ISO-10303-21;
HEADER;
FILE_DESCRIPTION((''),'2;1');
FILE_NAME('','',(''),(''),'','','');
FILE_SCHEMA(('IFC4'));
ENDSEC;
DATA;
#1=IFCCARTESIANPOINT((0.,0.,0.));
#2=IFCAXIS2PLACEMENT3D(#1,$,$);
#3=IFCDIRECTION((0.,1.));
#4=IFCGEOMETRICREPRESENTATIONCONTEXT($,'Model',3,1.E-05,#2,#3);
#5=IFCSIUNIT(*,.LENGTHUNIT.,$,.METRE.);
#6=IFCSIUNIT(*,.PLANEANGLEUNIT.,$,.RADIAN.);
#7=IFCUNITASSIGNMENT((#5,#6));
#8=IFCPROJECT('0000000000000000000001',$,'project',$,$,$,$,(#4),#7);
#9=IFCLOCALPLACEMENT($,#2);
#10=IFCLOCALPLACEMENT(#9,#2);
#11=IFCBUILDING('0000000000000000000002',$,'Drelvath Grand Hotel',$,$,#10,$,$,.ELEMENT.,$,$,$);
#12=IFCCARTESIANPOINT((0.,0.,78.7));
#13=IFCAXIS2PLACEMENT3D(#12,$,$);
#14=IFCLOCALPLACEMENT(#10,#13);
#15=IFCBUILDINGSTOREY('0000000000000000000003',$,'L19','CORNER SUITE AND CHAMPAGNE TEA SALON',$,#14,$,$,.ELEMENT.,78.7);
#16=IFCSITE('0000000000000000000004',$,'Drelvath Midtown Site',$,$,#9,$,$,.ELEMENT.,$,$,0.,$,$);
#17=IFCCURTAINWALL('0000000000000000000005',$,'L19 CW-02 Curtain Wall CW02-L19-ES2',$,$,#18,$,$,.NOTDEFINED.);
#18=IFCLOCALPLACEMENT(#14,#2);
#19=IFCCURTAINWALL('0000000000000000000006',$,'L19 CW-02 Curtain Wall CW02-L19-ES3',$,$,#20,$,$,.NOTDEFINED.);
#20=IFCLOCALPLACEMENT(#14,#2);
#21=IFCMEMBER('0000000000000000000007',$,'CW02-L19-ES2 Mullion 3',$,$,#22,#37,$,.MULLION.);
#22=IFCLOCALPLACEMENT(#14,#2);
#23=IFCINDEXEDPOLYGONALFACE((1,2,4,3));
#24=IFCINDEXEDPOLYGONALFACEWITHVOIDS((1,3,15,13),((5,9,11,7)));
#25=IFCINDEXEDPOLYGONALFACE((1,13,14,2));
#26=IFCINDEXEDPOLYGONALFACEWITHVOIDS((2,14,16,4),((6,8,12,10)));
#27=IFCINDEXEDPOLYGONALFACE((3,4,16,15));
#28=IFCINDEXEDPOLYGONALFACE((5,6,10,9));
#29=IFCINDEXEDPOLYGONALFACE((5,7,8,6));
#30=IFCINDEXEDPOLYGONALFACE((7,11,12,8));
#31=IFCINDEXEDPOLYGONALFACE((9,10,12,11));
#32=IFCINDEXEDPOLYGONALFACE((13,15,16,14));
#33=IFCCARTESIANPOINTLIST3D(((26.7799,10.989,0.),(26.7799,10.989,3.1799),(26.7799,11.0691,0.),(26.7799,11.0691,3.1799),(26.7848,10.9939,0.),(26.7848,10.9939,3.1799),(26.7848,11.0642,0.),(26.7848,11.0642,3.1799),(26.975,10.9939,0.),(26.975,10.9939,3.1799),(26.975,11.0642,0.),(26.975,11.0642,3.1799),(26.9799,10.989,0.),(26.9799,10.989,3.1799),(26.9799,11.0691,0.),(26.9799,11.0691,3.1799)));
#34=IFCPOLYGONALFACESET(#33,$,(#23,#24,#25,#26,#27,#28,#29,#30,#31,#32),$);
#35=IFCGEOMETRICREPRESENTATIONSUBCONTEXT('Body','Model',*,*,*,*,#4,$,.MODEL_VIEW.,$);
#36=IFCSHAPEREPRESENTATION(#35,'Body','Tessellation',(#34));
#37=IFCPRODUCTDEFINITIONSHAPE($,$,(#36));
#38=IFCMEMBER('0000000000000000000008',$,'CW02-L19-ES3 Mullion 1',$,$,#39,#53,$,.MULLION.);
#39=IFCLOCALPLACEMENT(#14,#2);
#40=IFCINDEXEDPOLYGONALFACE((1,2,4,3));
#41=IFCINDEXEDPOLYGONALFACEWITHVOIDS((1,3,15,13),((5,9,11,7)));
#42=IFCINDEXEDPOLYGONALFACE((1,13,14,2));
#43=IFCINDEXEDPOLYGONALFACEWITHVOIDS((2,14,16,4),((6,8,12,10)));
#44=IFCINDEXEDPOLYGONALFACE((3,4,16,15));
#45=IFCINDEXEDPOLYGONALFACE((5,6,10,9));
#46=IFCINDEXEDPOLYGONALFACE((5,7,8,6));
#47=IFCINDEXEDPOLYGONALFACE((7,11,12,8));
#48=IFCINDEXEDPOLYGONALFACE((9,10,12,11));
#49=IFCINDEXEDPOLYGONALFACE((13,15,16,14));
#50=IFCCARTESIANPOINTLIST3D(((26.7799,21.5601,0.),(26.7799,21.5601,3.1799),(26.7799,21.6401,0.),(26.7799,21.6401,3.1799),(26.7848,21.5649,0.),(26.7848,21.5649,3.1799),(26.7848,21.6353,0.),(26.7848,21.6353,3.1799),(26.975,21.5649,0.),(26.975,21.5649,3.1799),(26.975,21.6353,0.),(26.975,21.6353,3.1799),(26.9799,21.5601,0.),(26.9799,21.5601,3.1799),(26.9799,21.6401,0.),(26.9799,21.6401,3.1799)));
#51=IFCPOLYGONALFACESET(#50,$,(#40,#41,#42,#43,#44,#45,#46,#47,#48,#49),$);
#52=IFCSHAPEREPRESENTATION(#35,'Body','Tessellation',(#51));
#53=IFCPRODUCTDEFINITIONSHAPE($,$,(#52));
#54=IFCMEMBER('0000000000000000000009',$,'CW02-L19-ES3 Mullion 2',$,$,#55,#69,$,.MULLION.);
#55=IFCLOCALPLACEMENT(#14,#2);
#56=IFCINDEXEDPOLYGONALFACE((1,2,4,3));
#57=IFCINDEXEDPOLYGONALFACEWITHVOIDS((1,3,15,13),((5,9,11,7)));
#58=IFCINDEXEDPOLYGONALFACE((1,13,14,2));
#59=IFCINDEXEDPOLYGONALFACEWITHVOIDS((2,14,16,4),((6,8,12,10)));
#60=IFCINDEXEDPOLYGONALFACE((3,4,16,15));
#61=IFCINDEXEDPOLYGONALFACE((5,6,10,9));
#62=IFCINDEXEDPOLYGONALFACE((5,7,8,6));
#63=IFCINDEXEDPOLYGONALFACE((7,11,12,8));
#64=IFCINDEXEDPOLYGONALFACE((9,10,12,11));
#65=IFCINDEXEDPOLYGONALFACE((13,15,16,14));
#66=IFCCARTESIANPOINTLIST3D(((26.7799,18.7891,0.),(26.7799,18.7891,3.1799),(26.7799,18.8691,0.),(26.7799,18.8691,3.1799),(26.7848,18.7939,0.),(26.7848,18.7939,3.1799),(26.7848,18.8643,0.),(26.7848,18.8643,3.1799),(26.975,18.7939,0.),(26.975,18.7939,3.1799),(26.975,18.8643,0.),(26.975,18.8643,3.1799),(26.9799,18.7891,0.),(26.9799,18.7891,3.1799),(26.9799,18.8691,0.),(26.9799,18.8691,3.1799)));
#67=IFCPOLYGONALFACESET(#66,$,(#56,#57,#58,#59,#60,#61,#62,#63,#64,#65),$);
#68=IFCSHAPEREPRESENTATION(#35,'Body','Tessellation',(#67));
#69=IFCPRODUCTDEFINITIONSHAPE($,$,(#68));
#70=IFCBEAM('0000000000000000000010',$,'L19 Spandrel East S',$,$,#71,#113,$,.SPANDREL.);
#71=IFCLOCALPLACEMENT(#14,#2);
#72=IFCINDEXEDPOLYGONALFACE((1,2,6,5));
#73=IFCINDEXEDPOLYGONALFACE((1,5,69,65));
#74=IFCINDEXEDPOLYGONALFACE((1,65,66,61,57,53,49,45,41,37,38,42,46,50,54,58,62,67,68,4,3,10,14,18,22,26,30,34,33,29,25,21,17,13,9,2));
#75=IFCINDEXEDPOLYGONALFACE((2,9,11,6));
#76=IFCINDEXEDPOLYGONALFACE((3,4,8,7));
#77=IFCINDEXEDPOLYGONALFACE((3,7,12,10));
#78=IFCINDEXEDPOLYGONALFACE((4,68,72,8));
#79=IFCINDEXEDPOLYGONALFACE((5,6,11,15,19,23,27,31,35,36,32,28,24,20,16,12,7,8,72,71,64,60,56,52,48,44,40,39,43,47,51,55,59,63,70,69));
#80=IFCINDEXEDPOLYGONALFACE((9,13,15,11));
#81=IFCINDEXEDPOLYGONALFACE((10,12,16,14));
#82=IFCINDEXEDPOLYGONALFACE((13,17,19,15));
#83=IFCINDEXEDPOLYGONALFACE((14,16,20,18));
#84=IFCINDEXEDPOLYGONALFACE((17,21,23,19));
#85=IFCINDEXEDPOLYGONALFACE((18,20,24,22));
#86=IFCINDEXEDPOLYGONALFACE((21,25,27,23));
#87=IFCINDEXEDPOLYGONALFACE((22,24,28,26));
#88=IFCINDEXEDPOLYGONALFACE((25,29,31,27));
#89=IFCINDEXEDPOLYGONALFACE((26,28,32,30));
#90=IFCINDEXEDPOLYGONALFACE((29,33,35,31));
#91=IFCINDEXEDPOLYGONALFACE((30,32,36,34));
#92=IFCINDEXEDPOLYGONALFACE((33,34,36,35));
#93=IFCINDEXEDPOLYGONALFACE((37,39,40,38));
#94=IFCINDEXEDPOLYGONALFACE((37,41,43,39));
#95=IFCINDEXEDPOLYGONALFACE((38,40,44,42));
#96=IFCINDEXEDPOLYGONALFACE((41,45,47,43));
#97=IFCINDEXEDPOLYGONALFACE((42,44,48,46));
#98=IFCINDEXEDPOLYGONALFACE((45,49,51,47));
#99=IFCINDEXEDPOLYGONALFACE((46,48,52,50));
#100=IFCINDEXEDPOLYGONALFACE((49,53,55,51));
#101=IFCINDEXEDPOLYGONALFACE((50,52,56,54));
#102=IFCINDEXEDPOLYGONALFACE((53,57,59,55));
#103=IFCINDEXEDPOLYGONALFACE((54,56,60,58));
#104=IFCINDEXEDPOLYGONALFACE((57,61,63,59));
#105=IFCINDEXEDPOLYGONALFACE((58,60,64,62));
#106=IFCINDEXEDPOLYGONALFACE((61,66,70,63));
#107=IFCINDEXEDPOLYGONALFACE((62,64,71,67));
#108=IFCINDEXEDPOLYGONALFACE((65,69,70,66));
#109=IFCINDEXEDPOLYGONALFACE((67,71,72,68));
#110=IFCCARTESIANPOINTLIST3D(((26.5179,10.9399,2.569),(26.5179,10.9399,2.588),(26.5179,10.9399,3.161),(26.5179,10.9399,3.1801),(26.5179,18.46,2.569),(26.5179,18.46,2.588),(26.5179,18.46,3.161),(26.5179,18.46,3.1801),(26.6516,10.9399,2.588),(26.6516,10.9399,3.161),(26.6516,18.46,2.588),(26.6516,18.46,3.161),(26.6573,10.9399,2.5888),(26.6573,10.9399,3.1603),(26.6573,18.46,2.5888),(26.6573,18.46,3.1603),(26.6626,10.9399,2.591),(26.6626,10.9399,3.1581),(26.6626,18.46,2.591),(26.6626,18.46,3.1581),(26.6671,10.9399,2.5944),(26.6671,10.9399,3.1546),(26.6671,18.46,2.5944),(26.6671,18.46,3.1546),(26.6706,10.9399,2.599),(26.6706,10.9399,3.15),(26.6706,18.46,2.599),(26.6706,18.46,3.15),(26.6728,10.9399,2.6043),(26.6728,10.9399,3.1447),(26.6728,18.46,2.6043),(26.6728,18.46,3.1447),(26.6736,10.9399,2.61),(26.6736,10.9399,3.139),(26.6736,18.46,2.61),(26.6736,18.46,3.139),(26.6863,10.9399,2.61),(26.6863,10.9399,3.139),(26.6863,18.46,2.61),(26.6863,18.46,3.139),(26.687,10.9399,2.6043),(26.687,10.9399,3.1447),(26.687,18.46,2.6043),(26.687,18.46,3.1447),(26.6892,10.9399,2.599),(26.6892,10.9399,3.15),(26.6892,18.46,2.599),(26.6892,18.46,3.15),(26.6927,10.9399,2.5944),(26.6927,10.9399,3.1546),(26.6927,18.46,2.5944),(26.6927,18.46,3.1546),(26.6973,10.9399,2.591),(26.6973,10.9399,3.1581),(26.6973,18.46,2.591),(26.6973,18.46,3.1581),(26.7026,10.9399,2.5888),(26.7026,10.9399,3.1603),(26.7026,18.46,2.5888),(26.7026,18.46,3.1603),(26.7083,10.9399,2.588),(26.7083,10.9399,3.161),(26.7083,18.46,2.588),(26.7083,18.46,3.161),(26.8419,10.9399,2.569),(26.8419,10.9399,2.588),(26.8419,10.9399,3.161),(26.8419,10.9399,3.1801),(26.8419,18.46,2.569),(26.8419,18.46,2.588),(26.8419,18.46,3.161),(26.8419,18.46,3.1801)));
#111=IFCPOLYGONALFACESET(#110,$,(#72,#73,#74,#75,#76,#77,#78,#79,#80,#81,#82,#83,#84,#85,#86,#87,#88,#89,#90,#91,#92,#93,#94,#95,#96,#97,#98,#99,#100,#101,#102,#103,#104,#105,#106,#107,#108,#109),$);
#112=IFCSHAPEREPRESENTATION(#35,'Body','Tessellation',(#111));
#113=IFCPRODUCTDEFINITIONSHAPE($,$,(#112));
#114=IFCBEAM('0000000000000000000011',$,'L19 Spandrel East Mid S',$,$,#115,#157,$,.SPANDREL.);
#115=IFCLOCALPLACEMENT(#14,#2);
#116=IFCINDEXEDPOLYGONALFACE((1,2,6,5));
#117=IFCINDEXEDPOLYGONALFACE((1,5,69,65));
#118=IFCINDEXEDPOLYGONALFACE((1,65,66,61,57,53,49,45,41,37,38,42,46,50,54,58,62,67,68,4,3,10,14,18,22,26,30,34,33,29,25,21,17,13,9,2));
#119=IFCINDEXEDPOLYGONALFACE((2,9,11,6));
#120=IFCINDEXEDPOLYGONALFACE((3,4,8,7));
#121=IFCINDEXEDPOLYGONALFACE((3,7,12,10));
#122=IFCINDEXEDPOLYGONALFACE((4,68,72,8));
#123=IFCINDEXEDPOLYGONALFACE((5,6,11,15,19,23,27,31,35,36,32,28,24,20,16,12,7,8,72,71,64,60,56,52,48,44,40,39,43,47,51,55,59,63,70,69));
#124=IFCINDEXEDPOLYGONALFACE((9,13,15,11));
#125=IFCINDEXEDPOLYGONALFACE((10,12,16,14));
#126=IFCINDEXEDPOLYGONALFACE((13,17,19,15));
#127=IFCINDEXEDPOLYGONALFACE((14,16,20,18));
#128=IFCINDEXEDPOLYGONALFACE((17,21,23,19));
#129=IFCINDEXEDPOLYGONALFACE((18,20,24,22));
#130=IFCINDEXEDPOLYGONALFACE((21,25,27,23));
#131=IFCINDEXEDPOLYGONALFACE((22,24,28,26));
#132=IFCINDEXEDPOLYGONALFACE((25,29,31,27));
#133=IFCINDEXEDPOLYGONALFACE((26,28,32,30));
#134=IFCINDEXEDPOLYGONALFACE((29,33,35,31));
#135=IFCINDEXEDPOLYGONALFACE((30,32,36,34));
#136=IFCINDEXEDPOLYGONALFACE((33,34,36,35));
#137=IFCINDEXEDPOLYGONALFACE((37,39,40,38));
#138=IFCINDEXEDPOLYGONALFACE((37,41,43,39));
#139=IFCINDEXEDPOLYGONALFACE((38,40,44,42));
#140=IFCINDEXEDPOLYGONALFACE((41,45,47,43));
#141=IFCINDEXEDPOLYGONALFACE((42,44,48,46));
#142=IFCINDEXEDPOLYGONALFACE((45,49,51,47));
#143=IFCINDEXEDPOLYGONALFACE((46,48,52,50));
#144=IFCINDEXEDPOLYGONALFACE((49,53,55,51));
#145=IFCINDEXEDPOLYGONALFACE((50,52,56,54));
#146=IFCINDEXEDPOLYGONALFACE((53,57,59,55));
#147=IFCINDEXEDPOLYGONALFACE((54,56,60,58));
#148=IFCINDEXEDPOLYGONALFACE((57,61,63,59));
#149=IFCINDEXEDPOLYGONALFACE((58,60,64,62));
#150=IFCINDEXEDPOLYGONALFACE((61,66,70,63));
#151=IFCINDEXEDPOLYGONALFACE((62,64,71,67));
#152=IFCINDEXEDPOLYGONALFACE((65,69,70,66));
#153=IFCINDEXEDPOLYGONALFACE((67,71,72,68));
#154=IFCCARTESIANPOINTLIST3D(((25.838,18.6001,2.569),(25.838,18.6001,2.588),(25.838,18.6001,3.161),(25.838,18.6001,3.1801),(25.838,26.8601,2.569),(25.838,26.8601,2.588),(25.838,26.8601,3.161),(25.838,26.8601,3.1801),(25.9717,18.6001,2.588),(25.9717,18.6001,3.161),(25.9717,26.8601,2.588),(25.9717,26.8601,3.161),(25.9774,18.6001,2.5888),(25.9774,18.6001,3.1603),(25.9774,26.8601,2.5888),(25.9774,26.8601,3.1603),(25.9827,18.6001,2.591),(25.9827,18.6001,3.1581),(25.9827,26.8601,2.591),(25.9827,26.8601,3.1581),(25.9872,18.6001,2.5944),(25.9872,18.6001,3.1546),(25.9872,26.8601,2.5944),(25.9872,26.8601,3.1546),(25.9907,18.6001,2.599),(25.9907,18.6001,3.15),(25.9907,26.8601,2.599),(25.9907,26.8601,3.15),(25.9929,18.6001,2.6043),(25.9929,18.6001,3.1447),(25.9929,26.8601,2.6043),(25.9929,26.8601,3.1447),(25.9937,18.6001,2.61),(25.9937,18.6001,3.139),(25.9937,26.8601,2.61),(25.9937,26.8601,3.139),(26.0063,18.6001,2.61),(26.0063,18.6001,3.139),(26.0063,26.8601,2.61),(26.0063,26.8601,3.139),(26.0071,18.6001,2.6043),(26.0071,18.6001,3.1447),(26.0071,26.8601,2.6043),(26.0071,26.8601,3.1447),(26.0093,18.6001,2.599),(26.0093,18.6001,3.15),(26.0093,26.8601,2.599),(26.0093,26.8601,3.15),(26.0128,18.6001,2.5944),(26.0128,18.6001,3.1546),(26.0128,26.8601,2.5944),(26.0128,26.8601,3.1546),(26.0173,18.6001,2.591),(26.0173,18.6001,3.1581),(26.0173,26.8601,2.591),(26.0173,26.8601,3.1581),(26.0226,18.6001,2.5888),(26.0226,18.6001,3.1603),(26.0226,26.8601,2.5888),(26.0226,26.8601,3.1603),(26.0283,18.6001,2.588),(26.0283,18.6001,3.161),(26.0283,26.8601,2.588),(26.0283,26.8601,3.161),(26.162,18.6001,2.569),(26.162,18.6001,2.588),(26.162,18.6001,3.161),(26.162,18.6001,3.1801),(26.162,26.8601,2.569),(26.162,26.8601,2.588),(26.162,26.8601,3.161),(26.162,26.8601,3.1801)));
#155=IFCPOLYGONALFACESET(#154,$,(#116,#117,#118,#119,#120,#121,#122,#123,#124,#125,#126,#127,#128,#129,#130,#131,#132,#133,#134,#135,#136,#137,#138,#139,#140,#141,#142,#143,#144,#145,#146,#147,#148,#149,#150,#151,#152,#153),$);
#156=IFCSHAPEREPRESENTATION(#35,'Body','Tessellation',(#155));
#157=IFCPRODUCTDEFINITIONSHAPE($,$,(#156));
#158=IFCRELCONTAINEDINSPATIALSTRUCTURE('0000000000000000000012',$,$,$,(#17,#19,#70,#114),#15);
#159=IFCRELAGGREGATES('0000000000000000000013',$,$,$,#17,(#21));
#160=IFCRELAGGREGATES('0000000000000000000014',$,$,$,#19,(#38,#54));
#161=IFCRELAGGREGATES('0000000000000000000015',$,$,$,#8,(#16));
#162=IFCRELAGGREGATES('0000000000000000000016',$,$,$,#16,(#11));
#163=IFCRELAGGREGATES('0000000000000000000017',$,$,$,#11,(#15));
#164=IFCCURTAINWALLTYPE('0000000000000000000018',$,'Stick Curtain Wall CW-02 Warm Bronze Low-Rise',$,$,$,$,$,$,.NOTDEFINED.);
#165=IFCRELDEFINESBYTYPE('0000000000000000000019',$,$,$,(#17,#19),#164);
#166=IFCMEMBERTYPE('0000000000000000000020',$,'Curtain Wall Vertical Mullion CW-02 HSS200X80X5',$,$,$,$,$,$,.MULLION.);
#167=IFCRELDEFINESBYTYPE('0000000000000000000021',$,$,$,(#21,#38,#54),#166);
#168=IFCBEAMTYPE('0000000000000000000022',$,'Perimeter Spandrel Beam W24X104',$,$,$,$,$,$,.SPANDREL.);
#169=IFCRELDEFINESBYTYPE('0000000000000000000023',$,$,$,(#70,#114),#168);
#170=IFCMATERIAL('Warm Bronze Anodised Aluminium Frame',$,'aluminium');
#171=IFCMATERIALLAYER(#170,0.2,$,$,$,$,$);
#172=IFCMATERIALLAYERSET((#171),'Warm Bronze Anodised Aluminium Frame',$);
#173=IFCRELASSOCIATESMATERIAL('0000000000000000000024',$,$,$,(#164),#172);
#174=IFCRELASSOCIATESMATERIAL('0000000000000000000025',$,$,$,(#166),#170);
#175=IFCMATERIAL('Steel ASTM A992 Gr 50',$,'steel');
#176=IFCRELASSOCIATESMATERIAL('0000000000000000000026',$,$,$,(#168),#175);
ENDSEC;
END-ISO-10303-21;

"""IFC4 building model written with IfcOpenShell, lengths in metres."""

from ifc_helpers import new_model, si_unit, direction, frame, origin, origin_2d, place, context, subcontext, project, spatial, hollow_rectangle, i_section, extrude, material, layer, layer_set, material_profile, profile_set, type_object, element, aggregate, save


model = new_model("IFC4")

# Units and contexts
model_context = context("Model", 3, precision=1e-05, world=origin(), true_north=direction((0.0, 1.0)))
body_context = subcontext(model_context, "Body", "Model", "MODEL_VIEW")
ifc_project = project(units=[si_unit("LENGTHUNIT", "METRE"), si_unit("PLANEANGLEUNIT", "RADIAN")], contexts=[model_context])

# Site, building, storey
site_placement = place(None, origin())
site = spatial("IfcSite", under=ifc_project, at=site_placement, Name="Drelvath Midtown Site", CompositionType="ELEMENT", RefElevation=0.0)
building_placement = place(site_placement, origin())
building = spatial("IfcBuilding", under=site, at=building_placement, Name="Drelvath Grand Hotel", CompositionType="ELEMENT")
storey_placement = place(building_placement, frame((0.0, 0.0, 78.7)))
storey = spatial("IfcBuildingStorey", under=building, at=storey_placement, Name="L19", Description="CORNER SUITE AND CHAMPAGNE TEA SALON", CompositionType="ELEMENT", Elevation=78.7)

# Curtain walls
ifc_material_1 = material(Name="Warm Bronze Anodised Aluminium Frame", Category="aluminium")
ifc_layer_1 = layer(ifc_material_1, 0.2)
ifc_layer_set_1 = layer_set([ifc_layer_1], Name="Warm Bronze Anodised Aluminium Frame")
curtain_wall_type = type_object("IfcCurtainWallType", Name="Stick Curtain Wall CW-02 Warm Bronze Low-Rise", PredefinedType="NOTDEFINED", material=ifc_layer_set_1)
curtain_wall_1_placement = place(storey_placement, origin())
curtain_wall_1 = element("IfcCurtainWall", 1, at=curtain_wall_1_placement, inside=storey, type_object=curtain_wall_type, Name="L19 CW-02 Curtain Wall CW02-L19-ES2", PredefinedType="NOTDEFINED")
curtain_wall_2_placement = place(storey_placement, origin())
curtain_wall_2 = element("IfcCurtainWall", 2, at=curtain_wall_2_placement, inside=storey, type_object=curtain_wall_type, Name="L19 CW-02 Curtain Wall CW02-L19-ES3", PredefinedType="NOTDEFINED")
ifc_material_profile_1 = material_profile(ifc_material_1, hollow_rectangle(XDim=0.0801, YDim=0.2, WallThickness=0.0049, at=origin_2d()), Name="HSS200X80X5")
ifc_profile_set_1 = profile_set([ifc_material_profile_1], Name="Warm Bronze Anodised Aluminium Frame")
member_type_1 = type_object("IfcMemberType", Name="Curtain Wall Vertical Mullion CW-02 HSS200X80X5", PredefinedType="MULLION", material=ifc_profile_set_1)

# Members
member_1_placement = place(storey_placement, frame((26.8799, 11.0291, 0.0), z_axis=(0.0, 0.0, 1.0), x_axis=(0.0, 1.0, 0.0)))
member_1 = element("IfcMember", 3, at=member_1_placement, type_object=member_type_1, Name="CW02-L19-ES2 Mullion 3", PredefinedType="MULLION", context=body_context, shape_type="SweptSolid", body=[
    extrude(hollow_rectangle(XDim=0.0801, YDim=0.2, WallThickness=0.0049, at=origin_2d()), origin(), (0.0, 0.0, 1.0), 3.1799),
])
member_2_placement = place(storey_placement, frame((26.8799, 21.6001, 0.0), z_axis=(0.0, 0.0, 1.0), x_axis=(0.0, 1.0, 0.0)))
member_2 = element("IfcMember", 4, at=member_2_placement, type_object=member_type_1, Name="CW02-L19-ES3 Mullion 1", PredefinedType="MULLION", context=body_context, shape_type="SweptSolid", body=[
    extrude(hollow_rectangle(XDim=0.0801, YDim=0.2, WallThickness=0.0049, at=origin_2d()), origin(), (0.0, 0.0, 1.0), 3.1799),
])
member_3_placement = place(storey_placement, frame((26.8799, 18.8291, 0.0), z_axis=(0.0, 0.0, 1.0), x_axis=(0.0, 1.0, 0.0)))
member_3 = element("IfcMember", 5, at=member_3_placement, type_object=member_type_1, Name="CW02-L19-ES3 Mullion 2", PredefinedType="MULLION", context=body_context, shape_type="SweptSolid", body=[
    extrude(hollow_rectangle(XDim=0.0801, YDim=0.2, WallThickness=0.0049, at=origin_2d()), origin(), (0.0, 0.0, 1.0), 3.1799),
])

# Beams
ifc_material_2 = material(Name="Steel ASTM A992 Gr 50", Category="steel")
ifc_material_profile_2 = material_profile(ifc_material_2, i_section(OverallWidth=0.324, OverallDepth=0.6111, WebThickness=0.0127, FlangeThickness=0.019, FilletRadius=0.022, at=origin_2d()), Name="W24X104")
ifc_profile_set_2 = profile_set([ifc_material_profile_2], Name="Steel ASTM A992 Gr 50")
beam_type_1 = type_object("IfcBeamType", Name="Perimeter Spandrel Beam W24X104", PredefinedType="SPANDREL", material=ifc_profile_set_2)
beam_1_placement = place(storey_placement, frame((26.6799, 10.9399, 2.8745), z_axis=(0.0, 1.0, 0.0), x_axis=(-1.0, 0.0, 0.0)))
element("IfcBeam", 6, at=beam_1_placement, inside=storey, type_object=beam_type_1, Name="L19 Spandrel East S", PredefinedType="SPANDREL", context=body_context, shape_type="SweptSolid", body=[
    extrude(i_section(OverallWidth=0.324, OverallDepth=0.6111, WebThickness=0.0127, FlangeThickness=0.019, FilletRadius=0.022, at=origin_2d()), origin(), (0.0, 0.0, 1.0), 7.52),
])
beam_2_placement = place(storey_placement, frame((26.0, 18.6001, 2.8745), z_axis=(0.0, 1.0, 0.0), x_axis=(-1.0, 0.0, 0.0)))
element("IfcBeam", 7, at=beam_2_placement, inside=storey, type_object=beam_type_1, Name="L19 Spandrel East Mid S", PredefinedType="SPANDREL", context=body_context, shape_type="SweptSolid", body=[
    extrude(i_section(OverallWidth=0.324, OverallDepth=0.6111, WebThickness=0.0127, FlangeThickness=0.019, FilletRadius=0.022, at=origin_2d()), origin(), (0.0, 0.0, 1.0), 8.26),
])

aggregate(curtain_wall_1, [member_1])
aggregate(curtain_wall_2, [member_2, member_3])

save(model, "model.ifc")
